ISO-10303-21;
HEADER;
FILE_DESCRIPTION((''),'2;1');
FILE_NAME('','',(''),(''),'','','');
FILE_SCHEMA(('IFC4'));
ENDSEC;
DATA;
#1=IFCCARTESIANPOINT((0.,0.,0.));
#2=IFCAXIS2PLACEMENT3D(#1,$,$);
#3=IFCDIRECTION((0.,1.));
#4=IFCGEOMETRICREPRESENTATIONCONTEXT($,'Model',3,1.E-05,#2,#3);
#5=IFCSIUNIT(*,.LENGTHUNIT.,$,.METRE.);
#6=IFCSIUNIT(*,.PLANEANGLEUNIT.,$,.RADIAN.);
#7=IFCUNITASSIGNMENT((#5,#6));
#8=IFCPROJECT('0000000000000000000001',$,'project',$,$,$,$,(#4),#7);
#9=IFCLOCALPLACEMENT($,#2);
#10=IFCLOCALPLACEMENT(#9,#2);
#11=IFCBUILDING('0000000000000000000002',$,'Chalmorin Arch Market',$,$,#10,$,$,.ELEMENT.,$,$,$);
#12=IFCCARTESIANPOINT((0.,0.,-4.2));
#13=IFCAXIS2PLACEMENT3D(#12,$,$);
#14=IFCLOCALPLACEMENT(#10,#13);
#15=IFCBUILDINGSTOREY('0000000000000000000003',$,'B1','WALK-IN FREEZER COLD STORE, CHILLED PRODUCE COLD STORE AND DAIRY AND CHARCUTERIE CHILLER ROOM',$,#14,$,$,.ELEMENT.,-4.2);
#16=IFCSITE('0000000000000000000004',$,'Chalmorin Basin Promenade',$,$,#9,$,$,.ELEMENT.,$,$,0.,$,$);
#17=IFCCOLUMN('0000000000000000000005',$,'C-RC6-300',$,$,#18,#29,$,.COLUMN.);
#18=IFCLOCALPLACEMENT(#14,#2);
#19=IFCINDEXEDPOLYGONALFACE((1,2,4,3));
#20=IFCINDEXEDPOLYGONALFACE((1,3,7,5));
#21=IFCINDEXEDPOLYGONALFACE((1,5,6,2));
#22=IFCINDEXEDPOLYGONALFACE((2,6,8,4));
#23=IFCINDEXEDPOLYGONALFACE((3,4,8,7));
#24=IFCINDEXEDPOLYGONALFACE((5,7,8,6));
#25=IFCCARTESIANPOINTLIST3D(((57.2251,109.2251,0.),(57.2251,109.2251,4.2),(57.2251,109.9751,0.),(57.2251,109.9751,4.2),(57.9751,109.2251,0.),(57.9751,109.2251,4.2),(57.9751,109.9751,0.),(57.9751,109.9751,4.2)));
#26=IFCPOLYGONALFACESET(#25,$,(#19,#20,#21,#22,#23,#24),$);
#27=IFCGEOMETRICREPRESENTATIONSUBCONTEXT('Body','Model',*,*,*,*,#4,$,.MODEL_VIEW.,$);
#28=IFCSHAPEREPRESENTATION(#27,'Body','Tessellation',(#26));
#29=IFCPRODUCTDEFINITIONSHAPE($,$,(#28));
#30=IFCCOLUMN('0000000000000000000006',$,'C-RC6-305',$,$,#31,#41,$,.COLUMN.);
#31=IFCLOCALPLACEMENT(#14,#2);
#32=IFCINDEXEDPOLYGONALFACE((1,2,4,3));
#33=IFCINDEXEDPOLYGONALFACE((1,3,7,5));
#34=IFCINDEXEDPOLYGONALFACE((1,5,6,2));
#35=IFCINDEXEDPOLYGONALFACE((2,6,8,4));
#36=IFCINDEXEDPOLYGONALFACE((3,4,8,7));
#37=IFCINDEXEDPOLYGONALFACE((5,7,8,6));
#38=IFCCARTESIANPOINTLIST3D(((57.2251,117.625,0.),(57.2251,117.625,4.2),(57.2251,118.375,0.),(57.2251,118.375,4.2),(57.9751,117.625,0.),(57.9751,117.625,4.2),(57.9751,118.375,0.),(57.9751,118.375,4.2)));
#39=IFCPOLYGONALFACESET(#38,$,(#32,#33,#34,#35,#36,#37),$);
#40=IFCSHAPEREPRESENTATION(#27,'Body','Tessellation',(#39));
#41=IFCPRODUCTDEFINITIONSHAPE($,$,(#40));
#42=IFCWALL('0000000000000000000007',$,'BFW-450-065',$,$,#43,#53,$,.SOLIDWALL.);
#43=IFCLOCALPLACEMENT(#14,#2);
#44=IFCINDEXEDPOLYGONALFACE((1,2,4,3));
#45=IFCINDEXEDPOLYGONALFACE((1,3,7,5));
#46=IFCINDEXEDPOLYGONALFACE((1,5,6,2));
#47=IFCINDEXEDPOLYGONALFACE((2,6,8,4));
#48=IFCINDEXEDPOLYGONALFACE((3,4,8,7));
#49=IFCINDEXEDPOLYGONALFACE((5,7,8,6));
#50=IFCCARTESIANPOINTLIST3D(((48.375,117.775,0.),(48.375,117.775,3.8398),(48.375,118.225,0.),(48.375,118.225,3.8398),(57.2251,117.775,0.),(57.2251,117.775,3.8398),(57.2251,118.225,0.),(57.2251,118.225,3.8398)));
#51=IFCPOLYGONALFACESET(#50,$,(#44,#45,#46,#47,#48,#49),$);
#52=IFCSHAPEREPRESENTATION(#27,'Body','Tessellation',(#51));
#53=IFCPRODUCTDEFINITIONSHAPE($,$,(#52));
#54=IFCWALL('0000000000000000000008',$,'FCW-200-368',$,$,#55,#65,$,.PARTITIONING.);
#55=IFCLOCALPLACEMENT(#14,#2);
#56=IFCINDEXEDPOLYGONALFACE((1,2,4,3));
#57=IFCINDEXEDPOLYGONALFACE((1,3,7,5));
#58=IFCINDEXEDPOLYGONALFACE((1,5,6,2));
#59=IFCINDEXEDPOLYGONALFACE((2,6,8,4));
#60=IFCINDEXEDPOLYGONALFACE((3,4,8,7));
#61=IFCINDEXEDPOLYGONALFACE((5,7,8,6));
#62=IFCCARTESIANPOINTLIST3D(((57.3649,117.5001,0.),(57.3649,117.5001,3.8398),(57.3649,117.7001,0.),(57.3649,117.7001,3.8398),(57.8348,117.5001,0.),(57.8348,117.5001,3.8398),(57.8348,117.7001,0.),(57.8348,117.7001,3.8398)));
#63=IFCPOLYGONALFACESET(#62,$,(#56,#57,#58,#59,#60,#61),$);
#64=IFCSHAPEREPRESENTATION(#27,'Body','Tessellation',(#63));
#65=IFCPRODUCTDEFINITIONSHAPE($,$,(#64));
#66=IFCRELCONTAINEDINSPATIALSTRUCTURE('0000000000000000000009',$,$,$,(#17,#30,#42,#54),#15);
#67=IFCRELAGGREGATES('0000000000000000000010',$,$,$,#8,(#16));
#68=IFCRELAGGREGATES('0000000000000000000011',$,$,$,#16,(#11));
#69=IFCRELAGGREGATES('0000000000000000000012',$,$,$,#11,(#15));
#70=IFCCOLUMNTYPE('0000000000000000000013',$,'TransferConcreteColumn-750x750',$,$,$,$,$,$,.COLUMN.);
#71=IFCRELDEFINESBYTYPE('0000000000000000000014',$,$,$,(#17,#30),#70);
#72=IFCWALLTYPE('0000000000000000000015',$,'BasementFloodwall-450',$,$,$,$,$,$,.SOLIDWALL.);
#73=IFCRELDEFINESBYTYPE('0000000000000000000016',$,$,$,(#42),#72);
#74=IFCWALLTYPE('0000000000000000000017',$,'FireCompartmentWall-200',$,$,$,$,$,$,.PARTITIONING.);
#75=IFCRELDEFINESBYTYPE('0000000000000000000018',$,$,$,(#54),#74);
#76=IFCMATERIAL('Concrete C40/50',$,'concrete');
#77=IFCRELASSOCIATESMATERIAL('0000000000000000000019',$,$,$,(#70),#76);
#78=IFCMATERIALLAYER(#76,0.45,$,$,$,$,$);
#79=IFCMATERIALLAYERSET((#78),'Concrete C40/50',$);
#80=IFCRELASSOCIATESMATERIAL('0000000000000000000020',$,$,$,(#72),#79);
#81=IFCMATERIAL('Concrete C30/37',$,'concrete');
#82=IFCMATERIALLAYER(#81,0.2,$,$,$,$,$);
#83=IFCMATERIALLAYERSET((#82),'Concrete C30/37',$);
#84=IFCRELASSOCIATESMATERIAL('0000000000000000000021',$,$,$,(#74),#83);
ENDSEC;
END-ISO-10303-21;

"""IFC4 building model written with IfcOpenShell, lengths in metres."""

from ifc_helpers import new_model, si_unit, direction, frame, frame_2d, origin, origin_2d, place, context, subcontext, project, spatial, rectangle, extrude, material, layer, layer_set, material_profile, profile_set, type_object, element, save


model = new_model("IFC4")

# Units and contexts
model_context = context("Model", 3, precision=1e-05, world=origin(), true_north=direction((0.0, 1.0)))
body_context = subcontext(model_context, "Body", "Model", "MODEL_VIEW")
ifc_project = project(units=[si_unit("LENGTHUNIT", "METRE"), si_unit("PLANEANGLEUNIT", "RADIAN")], contexts=[model_context])

# Site, building, storey
site_placement = place(None, origin())
site = spatial("IfcSite", under=ifc_project, at=site_placement, Name="Chalmorin Basin Promenade", CompositionType="ELEMENT", RefElevation=0.0)
building_placement = place(site_placement, origin())
building = spatial("IfcBuilding", under=site, at=building_placement, Name="Chalmorin Arch Market", CompositionType="ELEMENT")
storey_placement = place(building_placement, frame((0.0, 0.0, -4.2)))
storey = spatial("IfcBuildingStorey", under=building, at=storey_placement, Name="B1", Description="WALK-IN FREEZER COLD STORE, CHILLED PRODUCE COLD STORE AND DAIRY AND CHARCUTERIE CHILLER ROOM", CompositionType="ELEMENT", Elevation=-4.2)

# Shared definitions
ifc_material_1 = material(Name="Concrete C40/50", Category="concrete")

# Columns
ifc_material_profile_1 = material_profile(ifc_material_1, rectangle(XDim=0.75, YDim=0.75, at=origin_2d()), Name="RC750X750")
ifc_profile_set_1 = profile_set([ifc_material_profile_1], Name="Concrete C40/50")
column_type = type_object("IfcColumnType", Name="TransferConcreteColumn-750x750", PredefinedType="COLUMN", material=ifc_profile_set_1)
for number, where, z_axis, x_axis, name in (
    (1, (57.6001, 109.6001, 0.0), (0.0, 0.0, 1.0), (1.0, 0.0, 0.0), "C-RC6-300"),
    (2, (57.6001, 118.0, 0.0), (0.0, 0.0, 1.0), (1.0, 0.0, 0.0), "C-RC6-305"),
):
    element("IfcColumn", number, at=place(storey_placement, frame(where, z_axis=z_axis, x_axis=x_axis)), inside=storey, type_object=column_type, Name=name, PredefinedType="COLUMN", context=body_context, shape_type="SweptSolid", body=[
        extrude(rectangle(XDim=0.75, YDim=0.75, at=origin_2d()), origin(), (0.0, 0.0, 1.0), 4.2),
    ])

# Walls
ifc_layer_1 = layer(ifc_material_1, 0.45)
ifc_layer_set_1 = layer_set([ifc_layer_1], Name="Concrete C40/50")
wall_type_1 = type_object("IfcWallType", Name="BasementFloodwall-450", PredefinedType="SOLIDWALL", material=ifc_layer_set_1)
wall_1_placement = place(storey_placement, frame((57.2251, 118.0, 0.0), z_axis=(0.0, 0.0, 1.0), x_axis=(-1.0, 0.0, 0.0)))
element("IfcWall", 3, at=wall_1_placement, inside=storey, type_object=wall_type_1, Name="BFW-450-065", PredefinedType="SOLIDWALL", context=body_context, shape_type="SweptSolid", body=[
    extrude(rectangle(XDim=8.8501, YDim=0.45, at=frame_2d((4.425, 0.0))), origin(), (0.0, 0.0, 1.0), 3.8398),
])
ifc_material_2 = material(Name="Concrete C30/37", Category="concrete")
ifc_layer_2 = layer(ifc_material_2, 0.2)
ifc_layer_set_2 = layer_set([ifc_layer_2], Name="Concrete C30/37")
wall_type_2 = type_object("IfcWallType", Name="FireCompartmentWall-200", PredefinedType="PARTITIONING", material=ifc_layer_set_2)
wall_2_placement = place(storey_placement, frame((57.365, 117.6001, 0.0), z_axis=(0.0, 0.0, 1.0), x_axis=(1.0, 0.0, 0.0)))
element("IfcWall", 4, at=wall_2_placement, inside=storey, type_object=wall_type_2, Name="FCW-200-368", PredefinedType="PARTITIONING", context=body_context, shape_type="SweptSolid", body=[
    extrude(rectangle(XDim=0.47, YDim=0.2, at=frame_2d((0.2349, 0.0))), origin(), (0.0, 0.0, 1.0), 3.8398),
])

save(model, "model.ifc")
